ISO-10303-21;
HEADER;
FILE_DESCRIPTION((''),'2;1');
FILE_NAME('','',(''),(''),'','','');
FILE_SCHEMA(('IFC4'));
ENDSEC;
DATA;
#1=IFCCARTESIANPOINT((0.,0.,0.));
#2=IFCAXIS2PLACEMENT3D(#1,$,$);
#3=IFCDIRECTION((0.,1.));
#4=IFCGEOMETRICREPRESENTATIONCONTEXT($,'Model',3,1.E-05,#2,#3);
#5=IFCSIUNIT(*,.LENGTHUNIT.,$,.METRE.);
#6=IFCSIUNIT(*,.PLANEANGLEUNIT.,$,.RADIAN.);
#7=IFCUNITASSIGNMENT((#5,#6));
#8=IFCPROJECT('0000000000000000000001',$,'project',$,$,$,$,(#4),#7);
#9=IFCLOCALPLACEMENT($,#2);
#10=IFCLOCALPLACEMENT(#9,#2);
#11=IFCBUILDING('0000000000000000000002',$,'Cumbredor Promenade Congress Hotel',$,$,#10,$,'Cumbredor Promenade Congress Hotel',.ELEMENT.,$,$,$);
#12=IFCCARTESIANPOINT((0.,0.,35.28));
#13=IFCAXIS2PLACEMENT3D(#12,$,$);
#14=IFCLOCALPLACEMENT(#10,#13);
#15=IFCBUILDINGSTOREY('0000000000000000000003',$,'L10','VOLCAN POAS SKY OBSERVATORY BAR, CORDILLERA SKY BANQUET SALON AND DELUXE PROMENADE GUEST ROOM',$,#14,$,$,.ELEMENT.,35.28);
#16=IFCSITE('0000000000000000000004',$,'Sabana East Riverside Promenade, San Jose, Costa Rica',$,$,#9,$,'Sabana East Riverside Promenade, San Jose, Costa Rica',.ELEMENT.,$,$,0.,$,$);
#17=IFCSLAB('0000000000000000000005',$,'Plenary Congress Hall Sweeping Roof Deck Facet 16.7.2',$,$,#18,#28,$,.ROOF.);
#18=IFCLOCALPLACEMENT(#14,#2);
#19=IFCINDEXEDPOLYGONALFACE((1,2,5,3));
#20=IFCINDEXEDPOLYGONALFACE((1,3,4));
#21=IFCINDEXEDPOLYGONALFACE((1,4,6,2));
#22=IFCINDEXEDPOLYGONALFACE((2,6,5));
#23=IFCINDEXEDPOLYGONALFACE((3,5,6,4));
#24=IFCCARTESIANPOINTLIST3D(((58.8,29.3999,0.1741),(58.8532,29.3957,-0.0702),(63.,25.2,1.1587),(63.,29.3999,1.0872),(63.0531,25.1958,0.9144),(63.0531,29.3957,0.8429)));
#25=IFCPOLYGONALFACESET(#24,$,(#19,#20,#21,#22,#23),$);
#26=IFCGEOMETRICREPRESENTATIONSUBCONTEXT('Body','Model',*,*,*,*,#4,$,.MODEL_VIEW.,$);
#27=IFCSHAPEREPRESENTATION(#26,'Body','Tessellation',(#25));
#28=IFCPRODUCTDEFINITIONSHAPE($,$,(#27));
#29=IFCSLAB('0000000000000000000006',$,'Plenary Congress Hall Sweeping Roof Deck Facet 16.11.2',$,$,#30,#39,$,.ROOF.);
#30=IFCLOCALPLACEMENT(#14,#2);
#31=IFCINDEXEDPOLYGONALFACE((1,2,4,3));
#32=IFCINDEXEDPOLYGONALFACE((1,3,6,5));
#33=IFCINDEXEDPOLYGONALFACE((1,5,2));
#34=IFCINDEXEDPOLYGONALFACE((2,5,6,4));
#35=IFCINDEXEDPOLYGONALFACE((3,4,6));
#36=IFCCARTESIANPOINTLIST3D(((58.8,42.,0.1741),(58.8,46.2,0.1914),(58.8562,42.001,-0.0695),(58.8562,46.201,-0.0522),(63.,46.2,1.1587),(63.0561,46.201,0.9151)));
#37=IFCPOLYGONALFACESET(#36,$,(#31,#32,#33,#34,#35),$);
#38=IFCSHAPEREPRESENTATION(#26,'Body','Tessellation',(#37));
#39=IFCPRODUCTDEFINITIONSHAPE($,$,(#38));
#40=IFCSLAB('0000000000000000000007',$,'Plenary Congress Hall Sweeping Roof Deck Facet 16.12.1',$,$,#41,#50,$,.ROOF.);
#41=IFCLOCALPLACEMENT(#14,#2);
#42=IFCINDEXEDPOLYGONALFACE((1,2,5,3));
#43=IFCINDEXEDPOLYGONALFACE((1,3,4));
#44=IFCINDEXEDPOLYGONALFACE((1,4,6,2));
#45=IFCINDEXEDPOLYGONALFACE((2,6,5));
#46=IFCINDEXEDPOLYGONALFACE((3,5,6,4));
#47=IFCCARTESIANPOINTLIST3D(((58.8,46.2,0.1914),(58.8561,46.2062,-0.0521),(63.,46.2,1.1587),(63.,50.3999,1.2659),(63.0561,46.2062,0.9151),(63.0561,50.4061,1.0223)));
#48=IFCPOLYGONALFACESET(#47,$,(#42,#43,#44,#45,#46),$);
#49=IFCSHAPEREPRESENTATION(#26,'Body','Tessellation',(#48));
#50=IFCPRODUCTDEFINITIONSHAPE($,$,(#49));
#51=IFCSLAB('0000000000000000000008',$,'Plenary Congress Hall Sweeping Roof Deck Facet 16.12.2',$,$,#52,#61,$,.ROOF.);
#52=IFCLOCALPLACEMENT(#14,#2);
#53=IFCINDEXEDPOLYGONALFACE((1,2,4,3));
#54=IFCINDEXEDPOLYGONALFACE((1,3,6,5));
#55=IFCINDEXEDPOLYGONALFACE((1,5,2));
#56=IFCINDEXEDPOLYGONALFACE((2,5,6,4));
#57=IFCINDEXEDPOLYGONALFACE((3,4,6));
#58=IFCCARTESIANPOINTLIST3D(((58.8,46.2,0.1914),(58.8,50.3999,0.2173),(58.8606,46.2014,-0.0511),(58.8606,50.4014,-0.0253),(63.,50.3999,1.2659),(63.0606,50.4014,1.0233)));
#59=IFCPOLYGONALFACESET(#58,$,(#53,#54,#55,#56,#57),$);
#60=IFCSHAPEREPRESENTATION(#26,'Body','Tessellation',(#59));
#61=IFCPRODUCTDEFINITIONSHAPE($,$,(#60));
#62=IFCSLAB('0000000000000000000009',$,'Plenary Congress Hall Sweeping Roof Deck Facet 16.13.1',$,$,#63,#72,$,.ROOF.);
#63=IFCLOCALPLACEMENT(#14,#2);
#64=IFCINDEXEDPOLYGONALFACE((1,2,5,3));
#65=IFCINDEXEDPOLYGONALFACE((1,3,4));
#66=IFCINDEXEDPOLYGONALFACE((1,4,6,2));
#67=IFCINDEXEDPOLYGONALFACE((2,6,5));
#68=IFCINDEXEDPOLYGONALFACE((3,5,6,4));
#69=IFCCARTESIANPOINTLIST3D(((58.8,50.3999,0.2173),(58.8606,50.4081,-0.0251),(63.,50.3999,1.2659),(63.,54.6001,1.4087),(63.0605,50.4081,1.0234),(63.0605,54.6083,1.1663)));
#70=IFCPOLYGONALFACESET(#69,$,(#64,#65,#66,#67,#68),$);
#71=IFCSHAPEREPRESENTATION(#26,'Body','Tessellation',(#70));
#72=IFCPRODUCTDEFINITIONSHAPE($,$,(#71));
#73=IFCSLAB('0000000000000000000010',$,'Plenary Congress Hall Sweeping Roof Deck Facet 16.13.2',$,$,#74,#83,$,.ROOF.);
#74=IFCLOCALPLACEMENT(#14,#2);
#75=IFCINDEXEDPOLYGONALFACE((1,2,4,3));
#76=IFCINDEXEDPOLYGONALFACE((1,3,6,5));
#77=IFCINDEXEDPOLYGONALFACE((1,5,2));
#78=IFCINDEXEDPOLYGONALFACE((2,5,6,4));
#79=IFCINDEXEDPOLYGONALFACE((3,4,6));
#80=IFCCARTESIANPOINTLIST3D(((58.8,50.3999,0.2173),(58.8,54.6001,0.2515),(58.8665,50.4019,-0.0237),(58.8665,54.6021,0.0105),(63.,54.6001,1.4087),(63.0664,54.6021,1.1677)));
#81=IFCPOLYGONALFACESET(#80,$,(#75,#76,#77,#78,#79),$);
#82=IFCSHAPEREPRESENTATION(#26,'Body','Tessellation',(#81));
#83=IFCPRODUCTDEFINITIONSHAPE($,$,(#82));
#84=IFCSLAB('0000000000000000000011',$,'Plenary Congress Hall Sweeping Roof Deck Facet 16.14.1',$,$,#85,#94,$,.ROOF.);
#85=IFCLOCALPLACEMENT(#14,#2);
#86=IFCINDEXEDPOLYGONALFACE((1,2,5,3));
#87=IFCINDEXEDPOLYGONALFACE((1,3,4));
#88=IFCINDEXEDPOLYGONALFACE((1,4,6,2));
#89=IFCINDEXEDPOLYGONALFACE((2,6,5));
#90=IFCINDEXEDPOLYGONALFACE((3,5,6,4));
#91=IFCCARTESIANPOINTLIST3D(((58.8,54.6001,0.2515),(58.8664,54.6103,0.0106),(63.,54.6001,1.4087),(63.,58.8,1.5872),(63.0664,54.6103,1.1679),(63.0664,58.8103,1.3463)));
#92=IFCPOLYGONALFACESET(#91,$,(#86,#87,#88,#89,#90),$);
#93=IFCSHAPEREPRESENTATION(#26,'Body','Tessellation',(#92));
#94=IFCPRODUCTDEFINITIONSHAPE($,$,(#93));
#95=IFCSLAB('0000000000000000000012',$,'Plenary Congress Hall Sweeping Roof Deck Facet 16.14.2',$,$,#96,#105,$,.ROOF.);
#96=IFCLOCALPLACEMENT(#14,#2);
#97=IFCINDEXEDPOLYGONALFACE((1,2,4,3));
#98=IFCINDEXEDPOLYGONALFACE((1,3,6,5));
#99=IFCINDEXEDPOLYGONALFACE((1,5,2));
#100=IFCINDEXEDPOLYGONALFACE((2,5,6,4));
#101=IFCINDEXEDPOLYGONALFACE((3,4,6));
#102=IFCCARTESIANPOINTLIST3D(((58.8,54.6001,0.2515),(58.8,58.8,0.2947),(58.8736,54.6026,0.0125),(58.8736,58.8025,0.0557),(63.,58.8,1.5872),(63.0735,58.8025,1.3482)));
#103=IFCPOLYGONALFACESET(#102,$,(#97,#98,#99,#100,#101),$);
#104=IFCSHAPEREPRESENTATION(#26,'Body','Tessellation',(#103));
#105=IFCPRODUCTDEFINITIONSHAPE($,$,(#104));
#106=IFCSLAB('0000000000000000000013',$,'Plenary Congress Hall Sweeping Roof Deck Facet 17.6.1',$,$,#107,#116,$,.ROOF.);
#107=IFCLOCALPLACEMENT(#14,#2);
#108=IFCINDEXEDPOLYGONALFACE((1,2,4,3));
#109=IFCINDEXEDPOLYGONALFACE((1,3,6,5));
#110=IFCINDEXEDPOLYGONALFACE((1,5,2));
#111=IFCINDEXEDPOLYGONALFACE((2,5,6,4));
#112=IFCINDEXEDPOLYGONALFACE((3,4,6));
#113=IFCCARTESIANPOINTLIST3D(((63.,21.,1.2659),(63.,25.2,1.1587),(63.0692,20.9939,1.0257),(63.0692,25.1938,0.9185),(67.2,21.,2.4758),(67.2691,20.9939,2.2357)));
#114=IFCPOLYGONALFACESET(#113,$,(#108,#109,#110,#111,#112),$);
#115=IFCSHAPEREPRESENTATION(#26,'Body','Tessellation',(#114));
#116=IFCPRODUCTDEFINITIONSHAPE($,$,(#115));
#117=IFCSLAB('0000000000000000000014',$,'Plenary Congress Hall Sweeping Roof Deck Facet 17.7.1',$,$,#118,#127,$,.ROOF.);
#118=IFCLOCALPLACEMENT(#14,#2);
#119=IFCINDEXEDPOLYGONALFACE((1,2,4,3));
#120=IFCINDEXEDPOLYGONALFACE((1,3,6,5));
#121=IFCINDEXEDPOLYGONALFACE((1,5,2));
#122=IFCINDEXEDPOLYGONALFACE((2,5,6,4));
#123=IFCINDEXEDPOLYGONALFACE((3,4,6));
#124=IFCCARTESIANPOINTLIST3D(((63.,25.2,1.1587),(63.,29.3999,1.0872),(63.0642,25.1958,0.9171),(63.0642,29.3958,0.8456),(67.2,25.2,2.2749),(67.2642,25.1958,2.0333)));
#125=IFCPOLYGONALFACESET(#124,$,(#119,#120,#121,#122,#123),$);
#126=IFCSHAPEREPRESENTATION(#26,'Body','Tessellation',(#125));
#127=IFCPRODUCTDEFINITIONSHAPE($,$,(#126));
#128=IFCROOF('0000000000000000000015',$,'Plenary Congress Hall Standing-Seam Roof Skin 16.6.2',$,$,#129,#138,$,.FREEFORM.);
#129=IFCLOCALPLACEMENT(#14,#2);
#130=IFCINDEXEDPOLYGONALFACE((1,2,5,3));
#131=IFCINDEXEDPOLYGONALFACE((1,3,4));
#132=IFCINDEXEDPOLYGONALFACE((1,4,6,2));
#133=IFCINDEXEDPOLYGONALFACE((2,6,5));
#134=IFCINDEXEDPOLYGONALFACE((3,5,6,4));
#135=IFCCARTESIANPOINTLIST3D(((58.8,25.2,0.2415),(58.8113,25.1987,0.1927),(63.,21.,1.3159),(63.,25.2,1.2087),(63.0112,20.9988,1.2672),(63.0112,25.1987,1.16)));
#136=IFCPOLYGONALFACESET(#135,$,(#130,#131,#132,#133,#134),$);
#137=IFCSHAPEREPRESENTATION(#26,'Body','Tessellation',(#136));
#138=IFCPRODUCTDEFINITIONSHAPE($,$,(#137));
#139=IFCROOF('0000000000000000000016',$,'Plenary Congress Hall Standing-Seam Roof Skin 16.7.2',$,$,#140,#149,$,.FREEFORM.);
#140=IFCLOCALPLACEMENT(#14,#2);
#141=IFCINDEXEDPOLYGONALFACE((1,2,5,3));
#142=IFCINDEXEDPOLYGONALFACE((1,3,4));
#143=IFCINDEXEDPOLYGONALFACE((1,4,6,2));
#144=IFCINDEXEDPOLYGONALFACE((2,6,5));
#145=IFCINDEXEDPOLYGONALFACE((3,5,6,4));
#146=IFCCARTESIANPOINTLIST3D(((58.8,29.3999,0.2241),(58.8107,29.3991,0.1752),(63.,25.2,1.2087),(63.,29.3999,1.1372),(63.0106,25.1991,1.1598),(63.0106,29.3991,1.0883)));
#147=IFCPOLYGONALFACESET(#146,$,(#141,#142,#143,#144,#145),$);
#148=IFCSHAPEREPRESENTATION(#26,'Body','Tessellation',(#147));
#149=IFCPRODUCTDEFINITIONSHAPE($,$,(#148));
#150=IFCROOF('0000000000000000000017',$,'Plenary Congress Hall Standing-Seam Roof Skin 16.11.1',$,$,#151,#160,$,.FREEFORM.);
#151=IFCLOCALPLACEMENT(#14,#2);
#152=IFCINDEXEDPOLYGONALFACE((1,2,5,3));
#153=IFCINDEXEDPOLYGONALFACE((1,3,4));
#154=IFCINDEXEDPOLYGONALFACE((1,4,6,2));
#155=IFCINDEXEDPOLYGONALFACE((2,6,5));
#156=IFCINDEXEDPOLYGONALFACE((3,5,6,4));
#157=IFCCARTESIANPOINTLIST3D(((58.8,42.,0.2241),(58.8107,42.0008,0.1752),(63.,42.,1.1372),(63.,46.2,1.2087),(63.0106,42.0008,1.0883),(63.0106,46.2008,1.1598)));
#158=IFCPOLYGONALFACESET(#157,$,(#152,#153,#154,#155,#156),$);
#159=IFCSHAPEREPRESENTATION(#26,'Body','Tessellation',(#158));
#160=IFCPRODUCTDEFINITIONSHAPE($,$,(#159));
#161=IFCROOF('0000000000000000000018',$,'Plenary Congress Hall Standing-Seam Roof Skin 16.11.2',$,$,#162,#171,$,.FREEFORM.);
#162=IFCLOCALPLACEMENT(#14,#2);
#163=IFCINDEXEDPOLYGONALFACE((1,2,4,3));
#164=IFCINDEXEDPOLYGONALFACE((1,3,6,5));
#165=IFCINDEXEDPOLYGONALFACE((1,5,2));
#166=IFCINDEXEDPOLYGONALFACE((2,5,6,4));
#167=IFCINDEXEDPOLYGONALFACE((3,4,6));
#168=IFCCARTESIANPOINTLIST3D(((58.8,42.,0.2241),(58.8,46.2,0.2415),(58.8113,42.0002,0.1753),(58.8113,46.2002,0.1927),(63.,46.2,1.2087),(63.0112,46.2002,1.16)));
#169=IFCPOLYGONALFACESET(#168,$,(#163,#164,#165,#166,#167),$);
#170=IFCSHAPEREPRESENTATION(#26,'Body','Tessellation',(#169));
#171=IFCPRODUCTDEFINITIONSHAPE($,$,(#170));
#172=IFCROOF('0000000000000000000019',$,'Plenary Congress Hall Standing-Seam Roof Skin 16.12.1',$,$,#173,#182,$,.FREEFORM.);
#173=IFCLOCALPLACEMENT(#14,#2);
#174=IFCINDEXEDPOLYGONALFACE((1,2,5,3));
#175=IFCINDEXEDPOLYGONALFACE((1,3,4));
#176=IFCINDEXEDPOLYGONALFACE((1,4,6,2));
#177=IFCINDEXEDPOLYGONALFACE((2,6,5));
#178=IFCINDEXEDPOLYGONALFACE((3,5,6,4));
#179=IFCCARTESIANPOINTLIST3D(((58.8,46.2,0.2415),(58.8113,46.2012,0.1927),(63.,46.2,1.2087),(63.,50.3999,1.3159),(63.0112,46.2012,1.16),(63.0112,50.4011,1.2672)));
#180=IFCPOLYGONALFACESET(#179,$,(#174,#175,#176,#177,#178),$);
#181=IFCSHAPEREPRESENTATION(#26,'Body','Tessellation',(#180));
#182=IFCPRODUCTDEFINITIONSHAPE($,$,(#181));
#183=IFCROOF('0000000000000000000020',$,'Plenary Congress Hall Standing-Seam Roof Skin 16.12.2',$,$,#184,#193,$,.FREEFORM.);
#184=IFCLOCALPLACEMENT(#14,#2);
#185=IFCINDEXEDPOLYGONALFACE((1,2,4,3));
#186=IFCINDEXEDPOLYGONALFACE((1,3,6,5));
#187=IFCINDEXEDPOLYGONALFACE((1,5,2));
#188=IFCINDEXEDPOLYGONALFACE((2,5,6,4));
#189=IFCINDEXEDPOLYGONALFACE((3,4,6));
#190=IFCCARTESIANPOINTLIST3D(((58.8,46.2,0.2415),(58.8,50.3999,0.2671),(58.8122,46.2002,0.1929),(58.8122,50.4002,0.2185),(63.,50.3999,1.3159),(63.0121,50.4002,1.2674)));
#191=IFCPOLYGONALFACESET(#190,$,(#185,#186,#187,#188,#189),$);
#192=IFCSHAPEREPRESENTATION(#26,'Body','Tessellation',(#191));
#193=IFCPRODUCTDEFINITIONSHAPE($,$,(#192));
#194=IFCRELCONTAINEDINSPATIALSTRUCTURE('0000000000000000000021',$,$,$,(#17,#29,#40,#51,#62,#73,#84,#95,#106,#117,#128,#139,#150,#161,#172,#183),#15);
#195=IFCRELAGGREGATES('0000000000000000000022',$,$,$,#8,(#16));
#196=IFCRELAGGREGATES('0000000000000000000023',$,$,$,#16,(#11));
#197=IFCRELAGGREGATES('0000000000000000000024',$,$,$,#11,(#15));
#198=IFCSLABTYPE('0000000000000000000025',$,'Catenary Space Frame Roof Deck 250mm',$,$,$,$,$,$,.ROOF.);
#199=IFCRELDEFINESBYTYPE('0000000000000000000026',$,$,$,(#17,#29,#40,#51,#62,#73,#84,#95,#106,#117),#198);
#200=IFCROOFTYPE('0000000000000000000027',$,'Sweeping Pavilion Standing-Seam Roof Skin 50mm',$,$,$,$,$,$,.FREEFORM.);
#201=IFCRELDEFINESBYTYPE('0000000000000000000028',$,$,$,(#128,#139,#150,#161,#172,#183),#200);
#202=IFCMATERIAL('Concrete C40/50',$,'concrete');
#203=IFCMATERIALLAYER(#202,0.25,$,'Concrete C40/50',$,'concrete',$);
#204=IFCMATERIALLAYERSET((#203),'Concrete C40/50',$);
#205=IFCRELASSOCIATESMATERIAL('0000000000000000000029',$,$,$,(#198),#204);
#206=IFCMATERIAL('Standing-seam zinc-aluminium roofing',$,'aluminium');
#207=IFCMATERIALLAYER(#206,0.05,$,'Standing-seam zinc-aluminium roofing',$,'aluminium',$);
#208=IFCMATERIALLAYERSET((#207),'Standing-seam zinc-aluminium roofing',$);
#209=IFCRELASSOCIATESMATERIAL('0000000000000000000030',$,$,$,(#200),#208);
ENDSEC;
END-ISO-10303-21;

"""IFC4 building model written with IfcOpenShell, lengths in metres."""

from ifc_helpers import new_model, si_unit, direction, frame, origin, place, context, subcontext, project, spatial, polyline, outline, extrude, material, layer, layer_set, type_object, element, save


model = new_model("IFC4")

# Units and contexts
model_context = context("Model", 3, precision=1e-05, world=origin(), true_north=direction((0.0, 1.0)))
body_context = subcontext(model_context, "Body", "Model", "MODEL_VIEW")
ifc_project = project(units=[si_unit("LENGTHUNIT", "METRE"), si_unit("PLANEANGLEUNIT", "RADIAN")], contexts=[model_context])

# Site, building, storey
site_placement = place(None, origin())
site = spatial("IfcSite", under=ifc_project, at=site_placement, Name="Sabana East Riverside Promenade, San Jose, Costa Rica", LongName="Sabana East Riverside Promenade, San Jose, Costa Rica", CompositionType="ELEMENT", RefElevation=0.0)
building_placement = place(site_placement, origin())
building = spatial("IfcBuilding", under=site, at=building_placement, Name="Cumbredor Promenade Congress Hotel", LongName="Cumbredor Promenade Congress Hotel", CompositionType="ELEMENT")
storey_placement = place(building_placement, frame((0.0, 0.0, 35.28)))
storey = spatial("IfcBuildingStorey", under=building, at=storey_placement, Name="L10", Description="VOLCAN POAS SKY OBSERVATORY BAR, CORDILLERA SKY BANQUET SALON AND DELUXE PROMENADE GUEST ROOM", CompositionType="ELEMENT", Elevation=35.28)

# Slabs
ifc_material_1 = material(Name="Concrete C40/50", Category="concrete")
ifc_layer_1 = layer(ifc_material_1, 0.25, Name="Concrete C40/50", Category="concrete")
ifc_layer_set_1 = layer_set([ifc_layer_1], Name="Concrete C40/50")
slab_type = type_object("IfcSlabType", Name="Catenary Space Frame Roof Deck 250mm", PredefinedType="ROOF", material=ifc_layer_set_1)
slab_1_placement = place(storey_placement, frame((63.0, 25.2, 1.1587), z_axis=(-0.212412, 0.016641, 0.977038), x_axis=(0.0, 0.999855, -0.017029)))
element("IfcSlab", 1, at=slab_1_placement, inside=storey, type_object=slab_type, Name="Plenary Congress Hall Sweeping Roof Deck Facet 16.7.2", PredefinedType="ROOF", context=body_context, shape_type="SweptSolid", body=[
    extrude(outline(polyline([(0.0, 0.0), (4.2006, 0.0), (4.2161, 4.298), (0.0, 0.0)])), origin(), (0.0, 0.0, -1.0), 0.25),
])
slab_2_placement = place(storey_placement, frame((58.8, 42.0, 0.1741), z_axis=(-0.224432, -0.004022, 0.974482), x_axis=(0.697587, 0.697587, 0.163539)))
element("IfcSlab", 2, at=slab_2_placement, inside=storey, type_object=slab_type, Name="Plenary Congress Hall Sweeping Roof Deck Facet 16.11.2", PredefinedType="ROOF", context=body_context, shape_type="SweptSolid", body=[
    extrude(outline(polyline([(0.0, 0.0), (6.0207, 0.0), (2.9327, 3.0066), (0.0, 0.0)])), origin(), (0.0, 0.0, -1.0), 0.25),
])
slab_3_placement = place(storey_placement, frame((58.8, 46.2, 0.1914), z_axis=(-0.224364, -0.02486, 0.974188), x_axis=(0.974489, 0.0, 0.224433)))
element("IfcSlab", 3, at=slab_3_placement, inside=storey, type_object=slab_type, Name="Plenary Congress Hall Sweeping Roof Deck Facet 16.12.1", PredefinedType="ROOF", context=body_context, shape_type="SweptSolid", body=[
    extrude(outline(polyline([(0.0, 0.0), (4.3099, 0.0), (4.334, 4.2012), (0.0, 0.0)])), origin(), (0.0, 0.0, -1.0), 0.25),
])
slab_4_placement = place(storey_placement, frame((58.8, 46.2, 0.1914), z_axis=(-0.242226, -0.005978, 0.970201), x_axis=(0.695814, 0.695814, 0.178008)))
element("IfcSlab", 4, at=slab_4_placement, inside=storey, type_object=slab_type, Name="Plenary Congress Hall Sweeping Roof Deck Facet 16.12.2", PredefinedType="ROOF", context=body_context, shape_type="SweptSolid", body=[
    extrude(outline(polyline([(0.0, 0.0), (6.036, 0.0), (2.927, 3.0121), (0.0, 0.0)])), origin(), (0.0, 0.0, -1.0), 0.25),
])
slab_5_placement = place(storey_placement, frame((58.8, 50.3999, 0.2173), z_axis=(-0.242099, -0.032973, 0.969691), x_axis=(0.970219, 0.0, 0.24223)))
element("IfcSlab", 5, at=slab_5_placement, inside=storey, type_object=slab_type, Name="Plenary Congress Hall Sweeping Roof Deck Facet 16.13.1", PredefinedType="ROOF", context=body_context, shape_type="SweptSolid", body=[
    extrude(outline(polyline([(0.0, 0.0), (4.3289, 0.0), (4.3635, 4.2025), (0.0, 0.0)])), origin(), (0.0, 0.0, -1.0), 0.25),
])
slab_6_placement = place(storey_placement, frame((58.8, 50.3999, 0.2173), z_axis=(-0.265626, -0.007845, 0.964044), x_axis=(0.693278, 0.693318, 0.196663)))
element("IfcSlab", 6, at=slab_6_placement, inside=storey, type_object=slab_type, Name="Plenary Congress Hall Sweeping Roof Deck Facet 16.13.2", PredefinedType="ROOF", context=body_context, shape_type="SweptSolid", body=[
    extrude(outline(polyline([(0.0, 0.0), (6.0581, 0.0), (2.9188, 3.0205), (0.0, 0.0)])), origin(), (0.0, 0.0, -1.0), 0.25),
])
slab_7_placement = place(storey_placement, frame((58.8, 54.6001, 0.2515), z_axis=(-0.265412, -0.040932, 0.963266), x_axis=(0.964074, 0.0, 0.265634)))
element("IfcSlab", 7, at=slab_7_placement, inside=storey, type_object=slab_type, Name="Plenary Congress Hall Sweeping Roof Deck Facet 16.14.1", PredefinedType="ROOF", context=body_context, shape_type="SweptSolid", body=[
    extrude(outline(polyline([(0.0, 0.0), (4.3565, 0.0), (4.4039, 4.2035), (0.0, 0.0)])), origin(), (0.0, 0.0, -1.0), 0.25),
])
slab_8_placement = place(storey_placement, frame((58.8, 54.6001, 0.2515), z_axis=(-0.294111, -0.009833, 0.955721), x_axis=(0.689878, 0.689878, 0.219399)))
element("IfcSlab", 8, at=slab_8_placement, inside=storey, type_object=slab_type, Name="Plenary Congress Hall Sweeping Roof Deck Facet 16.14.2", PredefinedType="ROOF", context=body_context, shape_type="SweptSolid", body=[
    extrude(outline(polyline([(0.0, 0.0), (6.088, 0.0), (2.9069, 3.0317), (0.0, 0.0)])), origin(), (0.0, 0.0, -1.0), 0.25),
])
slab_9_placement = place(storey_placement, frame((63.0, 21.0, 1.2659), z_axis=(-0.276747, 0.024514, 0.96063), x_axis=(0.960919, 0.0, 0.27683)))
element("IfcSlab", 9, at=slab_9_placement, inside=storey, type_object=slab_type, Name="Plenary Congress Hall Sweeping Roof Deck Facet 17.6.1", PredefinedType="ROOF", context=body_context, shape_type="SweptSolid", body=[
    extrude(outline(polyline([(0.0, 0.0), (4.3708, 0.0), (-0.0297, 4.2012), (0.0, 0.0)])), origin(), (0.0, 0.0, -1.0), 0.25),
])
slab_10_placement = place(storey_placement, frame((63.0, 25.2, 1.1587), z_axis=(-0.256817, 0.016458, 0.96632), x_axis=(0.966451, 0.0, 0.256851)))
element("IfcSlab", 10, at=slab_10_placement, inside=storey, type_object=slab_type, Name="Plenary Congress Hall Sweeping Roof Deck Facet 17.7.1", PredefinedType="ROOF", context=body_context, shape_type="SweptSolid", body=[
    extrude(outline(polyline([(0.0, 0.0), (4.3457, 0.0), (-0.0184, 4.2005), (0.0, 0.0)])), origin(), (0.0, 0.0, -1.0), 0.25),
])

# Roofs
ifc_material_2 = material(Name="Standing-seam zinc-aluminium roofing", Category="aluminium")
ifc_layer_2 = layer(ifc_material_2, 0.05, Name="Standing-seam zinc-aluminium roofing", Category="aluminium")
ifc_layer_set_2 = layer_set([ifc_layer_2], Name="Standing-seam zinc-aluminium roofing")
roof_type = type_object("IfcRoofType", Name="Sweeping Pavilion Standing-Seam Roof Skin 50mm", PredefinedType="FREEFORM", material=ifc_layer_set_2)
roof_1_placement = place(storey_placement, frame((63.0, 21.0, 1.3159), z_axis=(-0.224364, 0.02486, 0.974188), x_axis=(0.0, 0.999675, -0.02551)))
element("IfcRoof", 11, at=roof_1_placement, inside=storey, type_object=roof_type, Name="Plenary Congress Hall Standing-Seam Roof Skin 16.6.2", PredefinedType="FREEFORM", context=body_context, shape_type="SweptSolid", body=[
    extrude(outline(polyline([(0.0, 0.0), (4.2013, 0.0), (4.226, 4.3098), (0.0, 0.0)])), origin(), (0.0, 0.0, -1.0), 0.05),
])
roof_2_placement = place(storey_placement, frame((63.0, 25.2, 1.2087), z_axis=(-0.212412, 0.016641, 0.977038), x_axis=(0.0, 0.999855, -0.017029)))
element("IfcRoof", 12, at=roof_2_placement, inside=storey, type_object=roof_type, Name="Plenary Congress Hall Standing-Seam Roof Skin 16.7.2", PredefinedType="FREEFORM", context=body_context, shape_type="SweptSolid", body=[
    extrude(outline(polyline([(0.0, 0.0), (4.2006, 0.0), (4.2161, 4.298), (0.0, 0.0)])), origin(), (0.0, 0.0, -1.0), 0.05),
])
roof_3_placement = place(storey_placement, frame((58.8, 42.0, 0.2241), z_axis=(-0.212412, -0.016641, 0.977038), x_axis=(0.977174, 0.0, 0.212441)))
element("IfcRoof", 13, at=roof_3_placement, inside=storey, type_object=roof_type, Name="Plenary Congress Hall Standing-Seam Roof Skin 16.11.1", PredefinedType="FREEFORM", context=body_context, shape_type="SweptSolid", body=[
    extrude(outline(polyline([(0.0, 0.0), (4.2981, 0.0), (4.3133, 4.2005), (0.0, 0.0)])), origin(), (0.0, 0.0, -1.0), 0.05),
])
roof_4_placement = place(storey_placement, frame((58.8, 42.0, 0.2241), z_axis=(-0.224432, -0.004022, 0.974482), x_axis=(0.697587, 0.697587, 0.163539)))
element("IfcRoof", 14, at=roof_4_placement, inside=storey, type_object=roof_type, Name="Plenary Congress Hall Standing-Seam Roof Skin 16.11.2", PredefinedType="FREEFORM", context=body_context, shape_type="SweptSolid", body=[
    extrude(outline(polyline([(0.0, 0.0), (6.0207, 0.0), (2.9327, 3.0066), (0.0, 0.0)])), origin(), (0.0, 0.0, -1.0), 0.05),
])
roof_5_placement = place(storey_placement, frame((58.8, 46.2, 0.2415), z_axis=(-0.224364, -0.02486, 0.974188), x_axis=(0.974489, 0.0, 0.224433)))
element("IfcRoof", 15, at=roof_5_placement, inside=storey, type_object=roof_type, Name="Plenary Congress Hall Standing-Seam Roof Skin 16.12.1", PredefinedType="FREEFORM", context=body_context, shape_type="SweptSolid", body=[
    extrude(outline(polyline([(0.0, 0.0), (4.3099, 0.0), (4.334, 4.2012), (0.0, 0.0)])), origin(), (0.0, 0.0, -1.0), 0.05),
])
roof_6_placement = place(storey_placement, frame((58.8, 46.2, 0.2415), z_axis=(-0.242279, -0.005922, 0.970188), x_axis=(0.695814, 0.695814, 0.178008)))
element("IfcRoof", 16, at=roof_6_placement, inside=storey, type_object=roof_type, Name="Plenary Congress Hall Standing-Seam Roof Skin 16.12.2", PredefinedType="FREEFORM", context=body_context, shape_type="SweptSolid", body=[
    extrude(outline(polyline([(0.0, 0.0), (6.036, 0.0), (2.9269, 3.0122), (0.0, 0.0)])), origin(), (0.0, 0.0, -1.0), 0.05),
])

save(model, "model.ifc")
